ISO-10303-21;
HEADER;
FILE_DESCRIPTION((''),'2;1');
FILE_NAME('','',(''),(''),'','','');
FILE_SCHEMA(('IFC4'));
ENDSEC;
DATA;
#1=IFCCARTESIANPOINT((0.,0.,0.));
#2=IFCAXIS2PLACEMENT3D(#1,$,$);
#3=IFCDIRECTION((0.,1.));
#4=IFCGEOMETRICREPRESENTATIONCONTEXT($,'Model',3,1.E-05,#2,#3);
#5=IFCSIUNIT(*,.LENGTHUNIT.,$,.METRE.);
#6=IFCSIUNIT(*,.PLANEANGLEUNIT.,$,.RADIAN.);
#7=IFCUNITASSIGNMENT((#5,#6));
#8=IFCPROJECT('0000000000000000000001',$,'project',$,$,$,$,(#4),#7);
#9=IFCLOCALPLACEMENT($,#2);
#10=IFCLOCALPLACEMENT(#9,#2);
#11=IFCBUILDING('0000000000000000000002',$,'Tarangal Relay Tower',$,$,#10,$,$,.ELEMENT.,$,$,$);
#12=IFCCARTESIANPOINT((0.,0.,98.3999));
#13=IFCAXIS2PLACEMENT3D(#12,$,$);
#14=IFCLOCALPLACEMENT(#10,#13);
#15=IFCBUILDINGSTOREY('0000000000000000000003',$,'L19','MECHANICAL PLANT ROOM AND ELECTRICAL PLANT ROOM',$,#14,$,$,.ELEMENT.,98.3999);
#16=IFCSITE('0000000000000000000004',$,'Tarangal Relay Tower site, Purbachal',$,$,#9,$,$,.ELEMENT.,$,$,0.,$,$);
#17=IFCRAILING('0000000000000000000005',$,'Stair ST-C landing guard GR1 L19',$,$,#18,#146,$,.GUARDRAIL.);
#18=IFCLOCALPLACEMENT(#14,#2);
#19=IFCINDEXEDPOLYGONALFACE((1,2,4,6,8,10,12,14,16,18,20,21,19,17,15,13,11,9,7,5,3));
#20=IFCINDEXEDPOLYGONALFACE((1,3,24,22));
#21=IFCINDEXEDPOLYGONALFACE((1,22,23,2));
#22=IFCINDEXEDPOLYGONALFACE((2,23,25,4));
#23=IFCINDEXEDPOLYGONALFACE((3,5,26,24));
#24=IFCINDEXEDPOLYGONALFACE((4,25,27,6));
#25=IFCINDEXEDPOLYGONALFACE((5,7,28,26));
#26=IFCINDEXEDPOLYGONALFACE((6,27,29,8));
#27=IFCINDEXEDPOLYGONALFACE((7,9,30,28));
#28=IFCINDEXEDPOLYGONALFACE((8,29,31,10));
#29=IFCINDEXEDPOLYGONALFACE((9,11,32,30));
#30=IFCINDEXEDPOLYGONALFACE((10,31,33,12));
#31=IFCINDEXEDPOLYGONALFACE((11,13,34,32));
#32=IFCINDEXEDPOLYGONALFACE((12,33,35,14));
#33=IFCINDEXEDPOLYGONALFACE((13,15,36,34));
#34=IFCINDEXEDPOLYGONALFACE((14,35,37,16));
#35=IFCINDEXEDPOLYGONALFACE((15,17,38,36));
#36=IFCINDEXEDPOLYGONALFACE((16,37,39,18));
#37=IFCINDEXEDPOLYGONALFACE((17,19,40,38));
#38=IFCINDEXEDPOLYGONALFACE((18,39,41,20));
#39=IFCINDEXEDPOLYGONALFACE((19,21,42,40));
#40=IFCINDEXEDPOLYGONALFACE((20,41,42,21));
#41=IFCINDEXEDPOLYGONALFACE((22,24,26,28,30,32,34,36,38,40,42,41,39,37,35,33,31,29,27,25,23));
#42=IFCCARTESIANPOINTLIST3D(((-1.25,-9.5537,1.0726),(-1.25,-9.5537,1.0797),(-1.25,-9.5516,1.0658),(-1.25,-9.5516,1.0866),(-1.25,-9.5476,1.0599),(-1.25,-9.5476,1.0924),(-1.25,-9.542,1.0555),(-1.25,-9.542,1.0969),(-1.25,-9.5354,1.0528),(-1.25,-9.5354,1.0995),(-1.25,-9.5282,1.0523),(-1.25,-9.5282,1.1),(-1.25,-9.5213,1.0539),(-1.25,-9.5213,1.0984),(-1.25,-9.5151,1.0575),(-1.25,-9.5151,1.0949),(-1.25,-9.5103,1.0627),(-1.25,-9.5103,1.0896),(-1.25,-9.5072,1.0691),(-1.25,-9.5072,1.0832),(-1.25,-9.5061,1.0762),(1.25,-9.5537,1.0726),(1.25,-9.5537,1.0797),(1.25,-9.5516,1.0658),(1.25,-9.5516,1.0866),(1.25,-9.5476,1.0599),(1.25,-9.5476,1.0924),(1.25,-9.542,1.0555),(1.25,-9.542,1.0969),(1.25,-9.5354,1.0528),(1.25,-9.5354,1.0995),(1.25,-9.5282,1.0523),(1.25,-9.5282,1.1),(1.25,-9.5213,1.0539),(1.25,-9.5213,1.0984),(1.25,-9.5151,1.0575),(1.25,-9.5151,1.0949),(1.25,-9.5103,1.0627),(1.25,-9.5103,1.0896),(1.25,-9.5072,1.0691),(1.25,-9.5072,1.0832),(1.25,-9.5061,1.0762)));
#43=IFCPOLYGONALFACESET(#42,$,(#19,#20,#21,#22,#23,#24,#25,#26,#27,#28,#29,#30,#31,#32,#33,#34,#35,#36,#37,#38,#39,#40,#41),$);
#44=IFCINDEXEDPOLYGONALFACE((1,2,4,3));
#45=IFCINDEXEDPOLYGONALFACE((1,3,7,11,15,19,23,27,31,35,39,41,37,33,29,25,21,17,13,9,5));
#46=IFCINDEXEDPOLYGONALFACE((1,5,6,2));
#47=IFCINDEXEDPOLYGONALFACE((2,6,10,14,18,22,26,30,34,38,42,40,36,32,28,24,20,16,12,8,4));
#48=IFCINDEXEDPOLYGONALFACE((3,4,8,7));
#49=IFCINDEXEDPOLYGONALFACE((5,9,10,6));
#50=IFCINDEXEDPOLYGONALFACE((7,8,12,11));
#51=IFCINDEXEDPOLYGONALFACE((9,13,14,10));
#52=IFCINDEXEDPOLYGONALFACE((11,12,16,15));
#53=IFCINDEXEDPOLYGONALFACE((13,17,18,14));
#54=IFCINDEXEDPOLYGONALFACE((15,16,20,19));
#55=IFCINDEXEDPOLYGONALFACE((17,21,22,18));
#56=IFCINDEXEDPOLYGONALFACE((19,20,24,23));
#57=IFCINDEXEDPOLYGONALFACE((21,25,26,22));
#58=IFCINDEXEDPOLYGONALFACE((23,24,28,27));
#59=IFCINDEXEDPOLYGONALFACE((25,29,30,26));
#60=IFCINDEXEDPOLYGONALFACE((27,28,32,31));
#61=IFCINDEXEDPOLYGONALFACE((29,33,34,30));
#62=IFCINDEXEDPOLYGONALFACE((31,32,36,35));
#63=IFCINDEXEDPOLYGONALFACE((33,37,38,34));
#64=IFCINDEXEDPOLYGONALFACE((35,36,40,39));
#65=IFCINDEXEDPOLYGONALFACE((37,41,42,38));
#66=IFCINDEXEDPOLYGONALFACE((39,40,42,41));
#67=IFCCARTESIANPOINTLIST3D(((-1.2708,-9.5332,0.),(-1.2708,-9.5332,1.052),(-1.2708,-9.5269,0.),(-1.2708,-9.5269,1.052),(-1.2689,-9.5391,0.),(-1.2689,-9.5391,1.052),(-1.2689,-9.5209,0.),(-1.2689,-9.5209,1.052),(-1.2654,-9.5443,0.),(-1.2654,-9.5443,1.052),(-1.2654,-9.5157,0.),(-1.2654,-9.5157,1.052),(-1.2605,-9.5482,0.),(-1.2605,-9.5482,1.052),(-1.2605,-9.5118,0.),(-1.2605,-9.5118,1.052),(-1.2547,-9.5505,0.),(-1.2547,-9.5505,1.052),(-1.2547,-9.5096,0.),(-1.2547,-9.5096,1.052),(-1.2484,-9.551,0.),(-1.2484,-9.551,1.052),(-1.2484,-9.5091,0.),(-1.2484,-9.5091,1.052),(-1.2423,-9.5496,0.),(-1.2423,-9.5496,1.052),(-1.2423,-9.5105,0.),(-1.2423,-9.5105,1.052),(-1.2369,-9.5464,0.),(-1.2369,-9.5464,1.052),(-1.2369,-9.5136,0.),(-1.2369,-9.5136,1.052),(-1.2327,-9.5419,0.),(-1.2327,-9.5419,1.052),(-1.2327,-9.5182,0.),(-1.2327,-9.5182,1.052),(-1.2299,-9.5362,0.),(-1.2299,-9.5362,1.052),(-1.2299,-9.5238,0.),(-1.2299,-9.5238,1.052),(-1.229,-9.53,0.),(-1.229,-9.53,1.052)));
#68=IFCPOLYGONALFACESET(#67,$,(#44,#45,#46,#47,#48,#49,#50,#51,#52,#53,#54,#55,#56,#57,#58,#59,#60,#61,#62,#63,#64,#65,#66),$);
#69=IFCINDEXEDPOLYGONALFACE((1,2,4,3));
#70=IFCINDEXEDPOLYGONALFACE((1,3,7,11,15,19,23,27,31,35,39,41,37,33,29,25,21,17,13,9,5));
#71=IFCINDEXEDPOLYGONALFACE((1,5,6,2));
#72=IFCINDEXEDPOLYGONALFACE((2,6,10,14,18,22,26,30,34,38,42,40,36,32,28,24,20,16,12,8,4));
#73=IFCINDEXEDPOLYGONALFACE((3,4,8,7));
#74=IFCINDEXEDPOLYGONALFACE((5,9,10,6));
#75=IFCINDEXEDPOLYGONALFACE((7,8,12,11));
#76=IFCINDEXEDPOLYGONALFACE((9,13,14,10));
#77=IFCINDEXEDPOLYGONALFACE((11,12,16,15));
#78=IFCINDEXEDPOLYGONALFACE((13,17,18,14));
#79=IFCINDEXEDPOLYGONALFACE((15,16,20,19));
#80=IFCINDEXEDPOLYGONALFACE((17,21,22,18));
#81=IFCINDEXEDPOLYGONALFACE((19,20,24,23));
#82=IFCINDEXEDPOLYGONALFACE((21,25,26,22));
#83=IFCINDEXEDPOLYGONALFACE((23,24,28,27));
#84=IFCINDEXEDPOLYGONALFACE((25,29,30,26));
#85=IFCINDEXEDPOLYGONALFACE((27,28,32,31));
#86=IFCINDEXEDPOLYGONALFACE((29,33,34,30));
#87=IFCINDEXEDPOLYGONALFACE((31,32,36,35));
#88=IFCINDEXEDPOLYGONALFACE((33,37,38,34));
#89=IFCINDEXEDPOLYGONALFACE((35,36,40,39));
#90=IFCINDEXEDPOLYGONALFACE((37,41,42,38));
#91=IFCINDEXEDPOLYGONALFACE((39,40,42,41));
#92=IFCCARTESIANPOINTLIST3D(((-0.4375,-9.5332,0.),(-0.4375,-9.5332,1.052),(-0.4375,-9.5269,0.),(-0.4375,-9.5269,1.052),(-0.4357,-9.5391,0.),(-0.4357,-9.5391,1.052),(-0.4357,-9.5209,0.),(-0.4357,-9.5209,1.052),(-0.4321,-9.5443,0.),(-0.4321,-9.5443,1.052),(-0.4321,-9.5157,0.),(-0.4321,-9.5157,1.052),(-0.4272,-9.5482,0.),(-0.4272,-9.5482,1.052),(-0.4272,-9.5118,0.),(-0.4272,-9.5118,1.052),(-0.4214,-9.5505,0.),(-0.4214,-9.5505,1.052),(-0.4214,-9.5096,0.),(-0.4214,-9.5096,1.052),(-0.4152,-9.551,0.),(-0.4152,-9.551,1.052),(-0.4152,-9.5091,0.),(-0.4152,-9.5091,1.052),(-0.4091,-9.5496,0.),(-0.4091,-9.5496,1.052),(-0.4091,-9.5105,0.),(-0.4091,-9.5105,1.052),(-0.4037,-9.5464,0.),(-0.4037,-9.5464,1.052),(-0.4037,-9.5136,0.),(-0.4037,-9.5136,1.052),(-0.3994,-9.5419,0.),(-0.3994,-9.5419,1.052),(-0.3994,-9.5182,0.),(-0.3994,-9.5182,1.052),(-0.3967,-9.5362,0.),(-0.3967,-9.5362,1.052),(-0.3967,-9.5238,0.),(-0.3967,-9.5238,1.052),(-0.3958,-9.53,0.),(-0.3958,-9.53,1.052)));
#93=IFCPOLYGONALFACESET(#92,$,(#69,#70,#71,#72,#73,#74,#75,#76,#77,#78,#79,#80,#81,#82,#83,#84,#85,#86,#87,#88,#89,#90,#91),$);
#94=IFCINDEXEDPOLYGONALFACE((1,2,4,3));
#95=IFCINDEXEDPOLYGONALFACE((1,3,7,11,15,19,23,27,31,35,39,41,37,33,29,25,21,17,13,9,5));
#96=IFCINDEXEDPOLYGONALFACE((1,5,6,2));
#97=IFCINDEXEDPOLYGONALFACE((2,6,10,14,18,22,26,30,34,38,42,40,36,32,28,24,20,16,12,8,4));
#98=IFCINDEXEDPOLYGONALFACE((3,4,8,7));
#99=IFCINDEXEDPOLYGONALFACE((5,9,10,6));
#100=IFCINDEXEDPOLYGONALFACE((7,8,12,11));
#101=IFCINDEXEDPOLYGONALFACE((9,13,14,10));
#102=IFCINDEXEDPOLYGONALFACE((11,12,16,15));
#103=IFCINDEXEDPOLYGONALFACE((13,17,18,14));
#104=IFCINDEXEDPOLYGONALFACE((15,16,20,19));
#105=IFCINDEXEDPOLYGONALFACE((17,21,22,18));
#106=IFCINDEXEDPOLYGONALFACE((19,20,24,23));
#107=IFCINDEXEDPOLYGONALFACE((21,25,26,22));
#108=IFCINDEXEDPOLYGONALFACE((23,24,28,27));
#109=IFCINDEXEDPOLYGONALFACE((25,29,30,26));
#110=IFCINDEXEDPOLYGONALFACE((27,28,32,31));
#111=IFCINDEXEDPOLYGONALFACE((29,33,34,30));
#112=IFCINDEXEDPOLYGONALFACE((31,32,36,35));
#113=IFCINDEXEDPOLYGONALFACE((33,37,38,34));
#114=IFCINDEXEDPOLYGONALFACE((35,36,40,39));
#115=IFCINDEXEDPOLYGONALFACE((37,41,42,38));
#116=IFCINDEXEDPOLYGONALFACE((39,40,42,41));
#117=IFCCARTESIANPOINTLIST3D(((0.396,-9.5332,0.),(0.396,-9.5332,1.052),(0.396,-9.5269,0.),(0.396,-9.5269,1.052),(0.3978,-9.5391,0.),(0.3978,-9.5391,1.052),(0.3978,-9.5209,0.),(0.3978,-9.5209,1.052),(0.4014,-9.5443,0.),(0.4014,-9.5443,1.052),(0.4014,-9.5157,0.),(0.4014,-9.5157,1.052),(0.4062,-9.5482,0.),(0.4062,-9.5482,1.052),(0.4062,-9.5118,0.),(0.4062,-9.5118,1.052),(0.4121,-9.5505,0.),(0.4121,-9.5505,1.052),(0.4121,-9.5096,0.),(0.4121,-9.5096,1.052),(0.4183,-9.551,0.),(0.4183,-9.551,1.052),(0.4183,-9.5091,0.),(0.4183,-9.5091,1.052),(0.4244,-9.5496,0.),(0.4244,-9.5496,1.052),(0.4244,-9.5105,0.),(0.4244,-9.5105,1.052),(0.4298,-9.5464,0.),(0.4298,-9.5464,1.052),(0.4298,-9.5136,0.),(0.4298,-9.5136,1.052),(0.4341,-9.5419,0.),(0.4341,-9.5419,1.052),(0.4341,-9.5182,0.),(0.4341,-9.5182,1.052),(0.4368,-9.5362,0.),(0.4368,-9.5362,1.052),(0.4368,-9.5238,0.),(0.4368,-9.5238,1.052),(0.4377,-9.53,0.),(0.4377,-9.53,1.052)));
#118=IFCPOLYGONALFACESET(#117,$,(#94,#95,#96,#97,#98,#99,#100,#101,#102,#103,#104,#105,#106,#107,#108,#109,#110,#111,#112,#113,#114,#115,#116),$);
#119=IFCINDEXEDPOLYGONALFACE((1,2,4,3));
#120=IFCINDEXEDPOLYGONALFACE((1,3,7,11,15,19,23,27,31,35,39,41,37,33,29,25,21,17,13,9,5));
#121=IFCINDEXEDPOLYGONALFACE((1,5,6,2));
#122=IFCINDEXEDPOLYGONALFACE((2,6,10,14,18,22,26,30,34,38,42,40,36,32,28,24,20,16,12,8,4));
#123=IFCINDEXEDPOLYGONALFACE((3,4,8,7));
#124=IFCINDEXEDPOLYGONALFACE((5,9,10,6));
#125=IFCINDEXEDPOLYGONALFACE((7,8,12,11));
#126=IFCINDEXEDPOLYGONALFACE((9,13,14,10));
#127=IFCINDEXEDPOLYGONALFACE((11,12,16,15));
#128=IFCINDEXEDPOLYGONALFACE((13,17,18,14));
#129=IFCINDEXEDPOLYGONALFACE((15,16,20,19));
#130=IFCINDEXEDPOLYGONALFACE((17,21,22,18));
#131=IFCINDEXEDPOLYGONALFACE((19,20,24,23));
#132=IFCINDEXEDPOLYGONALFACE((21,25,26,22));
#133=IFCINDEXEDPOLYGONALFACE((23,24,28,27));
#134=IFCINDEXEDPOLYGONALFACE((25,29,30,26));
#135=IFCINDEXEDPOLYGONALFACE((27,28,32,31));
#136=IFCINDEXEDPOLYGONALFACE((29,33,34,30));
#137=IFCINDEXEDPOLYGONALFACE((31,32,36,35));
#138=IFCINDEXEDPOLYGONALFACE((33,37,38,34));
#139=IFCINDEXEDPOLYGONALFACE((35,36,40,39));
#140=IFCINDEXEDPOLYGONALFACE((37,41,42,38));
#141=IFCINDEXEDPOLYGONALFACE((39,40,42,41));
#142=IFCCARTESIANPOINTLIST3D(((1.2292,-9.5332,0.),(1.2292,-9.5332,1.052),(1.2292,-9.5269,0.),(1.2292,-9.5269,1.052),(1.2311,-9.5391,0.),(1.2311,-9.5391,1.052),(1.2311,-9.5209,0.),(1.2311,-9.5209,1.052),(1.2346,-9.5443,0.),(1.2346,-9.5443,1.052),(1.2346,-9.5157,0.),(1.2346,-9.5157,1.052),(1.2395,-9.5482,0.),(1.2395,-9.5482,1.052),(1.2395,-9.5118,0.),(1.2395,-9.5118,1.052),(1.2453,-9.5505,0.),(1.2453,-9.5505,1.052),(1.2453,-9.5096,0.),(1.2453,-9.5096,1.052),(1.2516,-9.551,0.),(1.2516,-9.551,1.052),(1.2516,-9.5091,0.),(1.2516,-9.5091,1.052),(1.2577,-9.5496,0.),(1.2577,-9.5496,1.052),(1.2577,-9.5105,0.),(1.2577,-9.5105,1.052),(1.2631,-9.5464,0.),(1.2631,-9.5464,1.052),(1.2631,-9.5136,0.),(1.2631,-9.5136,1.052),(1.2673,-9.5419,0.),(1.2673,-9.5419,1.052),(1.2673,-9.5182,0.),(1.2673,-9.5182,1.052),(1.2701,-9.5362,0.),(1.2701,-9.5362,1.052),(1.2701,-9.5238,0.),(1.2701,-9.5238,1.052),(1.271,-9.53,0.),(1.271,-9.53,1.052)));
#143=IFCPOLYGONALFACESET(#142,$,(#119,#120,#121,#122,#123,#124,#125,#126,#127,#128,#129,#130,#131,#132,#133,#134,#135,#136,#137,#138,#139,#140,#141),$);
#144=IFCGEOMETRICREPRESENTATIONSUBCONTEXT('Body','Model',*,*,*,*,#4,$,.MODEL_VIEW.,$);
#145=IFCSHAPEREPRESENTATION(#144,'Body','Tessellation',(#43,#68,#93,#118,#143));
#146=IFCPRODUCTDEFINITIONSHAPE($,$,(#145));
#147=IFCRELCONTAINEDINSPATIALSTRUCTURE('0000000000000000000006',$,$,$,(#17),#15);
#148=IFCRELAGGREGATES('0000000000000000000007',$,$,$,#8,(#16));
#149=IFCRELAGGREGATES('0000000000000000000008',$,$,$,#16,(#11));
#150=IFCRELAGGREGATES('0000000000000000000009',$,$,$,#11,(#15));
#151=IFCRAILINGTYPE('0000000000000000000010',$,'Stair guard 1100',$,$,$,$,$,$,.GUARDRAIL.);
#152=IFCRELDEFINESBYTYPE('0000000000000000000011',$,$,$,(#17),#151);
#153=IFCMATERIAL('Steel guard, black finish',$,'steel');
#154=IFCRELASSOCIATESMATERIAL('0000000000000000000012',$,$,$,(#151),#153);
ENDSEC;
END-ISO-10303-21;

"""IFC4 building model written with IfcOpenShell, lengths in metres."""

from ifc_helpers import new_model, si_unit, direction, frame, origin, origin_2d, place, context, subcontext, project, spatial, circle, extrude, material, type_object, element, save


model = new_model("IFC4")

# Units and contexts
model_context = context("Model", 3, precision=1e-05, world=origin(), true_north=direction((0.0, 1.0)))
body_context = subcontext(model_context, "Body", "Model", "MODEL_VIEW")
ifc_project = project(units=[si_unit("LENGTHUNIT", "METRE"), si_unit("PLANEANGLEUNIT", "RADIAN")], contexts=[model_context])

# Site, building, storey
site_placement = place(None, origin())
site = spatial("IfcSite", under=ifc_project, at=site_placement, Name="Tarangal Relay Tower site, Purbachal", CompositionType="ELEMENT", RefElevation=0.0)
building_placement = place(site_placement, origin())
building = spatial("IfcBuilding", under=site, at=building_placement, Name="Tarangal Relay Tower", CompositionType="ELEMENT")
storey_placement = place(building_placement, frame((0.0, 0.0, 98.3999)))
storey = spatial("IfcBuildingStorey", under=building, at=storey_placement, Name="L19", Description="MECHANICAL PLANT ROOM AND ELECTRICAL PLANT ROOM", CompositionType="ELEMENT", Elevation=98.3999)

# Railing
ifc_material_1 = material(Name="Steel guard, black finish", Category="steel")
railing_type_1 = type_object("IfcRailingType", Name="Stair guard 1100", PredefinedType="GUARDRAIL", material=ifc_material_1)
for number, where, name in (
    (1, (-1.25, -9.53, 0.0), "Stair ST-C landing guard GR1 L19"),
):
    element("IfcRailing", number, at=place(storey_placement, frame(where)), inside=storey, type_object=railing_type_1, Name=name, PredefinedType="GUARDRAIL", context=body_context, shape_type="SweptSolid", body=[
        extrude(circle(Radius=0.0239, at=origin_2d()), frame((0.0, 0.0, 1.0762), z_axis=(1.0, 0.0, 0.0), x_axis=(0.0, 1.0, 0.0)), (0.0, 0.0, 1.0), 2.5),
        extrude(circle(Radius=0.021, at=origin_2d()), origin(), (0.0, 0.0, 1.0), 1.052),
        extrude(circle(Radius=0.021, at=origin_2d()), frame((0.8333, 0.0, 0.0)), (0.0, 0.0, 1.0), 1.052),
        extrude(circle(Radius=0.021, at=origin_2d()), frame((1.6667, 0.0, 0.0)), (0.0, 0.0, 1.0), 1.052),
        extrude(circle(Radius=0.021, at=origin_2d()), frame((2.5, 0.0, 0.0)), (0.0, 0.0, 1.0), 1.052),
    ])

save(model, "model.ifc")
